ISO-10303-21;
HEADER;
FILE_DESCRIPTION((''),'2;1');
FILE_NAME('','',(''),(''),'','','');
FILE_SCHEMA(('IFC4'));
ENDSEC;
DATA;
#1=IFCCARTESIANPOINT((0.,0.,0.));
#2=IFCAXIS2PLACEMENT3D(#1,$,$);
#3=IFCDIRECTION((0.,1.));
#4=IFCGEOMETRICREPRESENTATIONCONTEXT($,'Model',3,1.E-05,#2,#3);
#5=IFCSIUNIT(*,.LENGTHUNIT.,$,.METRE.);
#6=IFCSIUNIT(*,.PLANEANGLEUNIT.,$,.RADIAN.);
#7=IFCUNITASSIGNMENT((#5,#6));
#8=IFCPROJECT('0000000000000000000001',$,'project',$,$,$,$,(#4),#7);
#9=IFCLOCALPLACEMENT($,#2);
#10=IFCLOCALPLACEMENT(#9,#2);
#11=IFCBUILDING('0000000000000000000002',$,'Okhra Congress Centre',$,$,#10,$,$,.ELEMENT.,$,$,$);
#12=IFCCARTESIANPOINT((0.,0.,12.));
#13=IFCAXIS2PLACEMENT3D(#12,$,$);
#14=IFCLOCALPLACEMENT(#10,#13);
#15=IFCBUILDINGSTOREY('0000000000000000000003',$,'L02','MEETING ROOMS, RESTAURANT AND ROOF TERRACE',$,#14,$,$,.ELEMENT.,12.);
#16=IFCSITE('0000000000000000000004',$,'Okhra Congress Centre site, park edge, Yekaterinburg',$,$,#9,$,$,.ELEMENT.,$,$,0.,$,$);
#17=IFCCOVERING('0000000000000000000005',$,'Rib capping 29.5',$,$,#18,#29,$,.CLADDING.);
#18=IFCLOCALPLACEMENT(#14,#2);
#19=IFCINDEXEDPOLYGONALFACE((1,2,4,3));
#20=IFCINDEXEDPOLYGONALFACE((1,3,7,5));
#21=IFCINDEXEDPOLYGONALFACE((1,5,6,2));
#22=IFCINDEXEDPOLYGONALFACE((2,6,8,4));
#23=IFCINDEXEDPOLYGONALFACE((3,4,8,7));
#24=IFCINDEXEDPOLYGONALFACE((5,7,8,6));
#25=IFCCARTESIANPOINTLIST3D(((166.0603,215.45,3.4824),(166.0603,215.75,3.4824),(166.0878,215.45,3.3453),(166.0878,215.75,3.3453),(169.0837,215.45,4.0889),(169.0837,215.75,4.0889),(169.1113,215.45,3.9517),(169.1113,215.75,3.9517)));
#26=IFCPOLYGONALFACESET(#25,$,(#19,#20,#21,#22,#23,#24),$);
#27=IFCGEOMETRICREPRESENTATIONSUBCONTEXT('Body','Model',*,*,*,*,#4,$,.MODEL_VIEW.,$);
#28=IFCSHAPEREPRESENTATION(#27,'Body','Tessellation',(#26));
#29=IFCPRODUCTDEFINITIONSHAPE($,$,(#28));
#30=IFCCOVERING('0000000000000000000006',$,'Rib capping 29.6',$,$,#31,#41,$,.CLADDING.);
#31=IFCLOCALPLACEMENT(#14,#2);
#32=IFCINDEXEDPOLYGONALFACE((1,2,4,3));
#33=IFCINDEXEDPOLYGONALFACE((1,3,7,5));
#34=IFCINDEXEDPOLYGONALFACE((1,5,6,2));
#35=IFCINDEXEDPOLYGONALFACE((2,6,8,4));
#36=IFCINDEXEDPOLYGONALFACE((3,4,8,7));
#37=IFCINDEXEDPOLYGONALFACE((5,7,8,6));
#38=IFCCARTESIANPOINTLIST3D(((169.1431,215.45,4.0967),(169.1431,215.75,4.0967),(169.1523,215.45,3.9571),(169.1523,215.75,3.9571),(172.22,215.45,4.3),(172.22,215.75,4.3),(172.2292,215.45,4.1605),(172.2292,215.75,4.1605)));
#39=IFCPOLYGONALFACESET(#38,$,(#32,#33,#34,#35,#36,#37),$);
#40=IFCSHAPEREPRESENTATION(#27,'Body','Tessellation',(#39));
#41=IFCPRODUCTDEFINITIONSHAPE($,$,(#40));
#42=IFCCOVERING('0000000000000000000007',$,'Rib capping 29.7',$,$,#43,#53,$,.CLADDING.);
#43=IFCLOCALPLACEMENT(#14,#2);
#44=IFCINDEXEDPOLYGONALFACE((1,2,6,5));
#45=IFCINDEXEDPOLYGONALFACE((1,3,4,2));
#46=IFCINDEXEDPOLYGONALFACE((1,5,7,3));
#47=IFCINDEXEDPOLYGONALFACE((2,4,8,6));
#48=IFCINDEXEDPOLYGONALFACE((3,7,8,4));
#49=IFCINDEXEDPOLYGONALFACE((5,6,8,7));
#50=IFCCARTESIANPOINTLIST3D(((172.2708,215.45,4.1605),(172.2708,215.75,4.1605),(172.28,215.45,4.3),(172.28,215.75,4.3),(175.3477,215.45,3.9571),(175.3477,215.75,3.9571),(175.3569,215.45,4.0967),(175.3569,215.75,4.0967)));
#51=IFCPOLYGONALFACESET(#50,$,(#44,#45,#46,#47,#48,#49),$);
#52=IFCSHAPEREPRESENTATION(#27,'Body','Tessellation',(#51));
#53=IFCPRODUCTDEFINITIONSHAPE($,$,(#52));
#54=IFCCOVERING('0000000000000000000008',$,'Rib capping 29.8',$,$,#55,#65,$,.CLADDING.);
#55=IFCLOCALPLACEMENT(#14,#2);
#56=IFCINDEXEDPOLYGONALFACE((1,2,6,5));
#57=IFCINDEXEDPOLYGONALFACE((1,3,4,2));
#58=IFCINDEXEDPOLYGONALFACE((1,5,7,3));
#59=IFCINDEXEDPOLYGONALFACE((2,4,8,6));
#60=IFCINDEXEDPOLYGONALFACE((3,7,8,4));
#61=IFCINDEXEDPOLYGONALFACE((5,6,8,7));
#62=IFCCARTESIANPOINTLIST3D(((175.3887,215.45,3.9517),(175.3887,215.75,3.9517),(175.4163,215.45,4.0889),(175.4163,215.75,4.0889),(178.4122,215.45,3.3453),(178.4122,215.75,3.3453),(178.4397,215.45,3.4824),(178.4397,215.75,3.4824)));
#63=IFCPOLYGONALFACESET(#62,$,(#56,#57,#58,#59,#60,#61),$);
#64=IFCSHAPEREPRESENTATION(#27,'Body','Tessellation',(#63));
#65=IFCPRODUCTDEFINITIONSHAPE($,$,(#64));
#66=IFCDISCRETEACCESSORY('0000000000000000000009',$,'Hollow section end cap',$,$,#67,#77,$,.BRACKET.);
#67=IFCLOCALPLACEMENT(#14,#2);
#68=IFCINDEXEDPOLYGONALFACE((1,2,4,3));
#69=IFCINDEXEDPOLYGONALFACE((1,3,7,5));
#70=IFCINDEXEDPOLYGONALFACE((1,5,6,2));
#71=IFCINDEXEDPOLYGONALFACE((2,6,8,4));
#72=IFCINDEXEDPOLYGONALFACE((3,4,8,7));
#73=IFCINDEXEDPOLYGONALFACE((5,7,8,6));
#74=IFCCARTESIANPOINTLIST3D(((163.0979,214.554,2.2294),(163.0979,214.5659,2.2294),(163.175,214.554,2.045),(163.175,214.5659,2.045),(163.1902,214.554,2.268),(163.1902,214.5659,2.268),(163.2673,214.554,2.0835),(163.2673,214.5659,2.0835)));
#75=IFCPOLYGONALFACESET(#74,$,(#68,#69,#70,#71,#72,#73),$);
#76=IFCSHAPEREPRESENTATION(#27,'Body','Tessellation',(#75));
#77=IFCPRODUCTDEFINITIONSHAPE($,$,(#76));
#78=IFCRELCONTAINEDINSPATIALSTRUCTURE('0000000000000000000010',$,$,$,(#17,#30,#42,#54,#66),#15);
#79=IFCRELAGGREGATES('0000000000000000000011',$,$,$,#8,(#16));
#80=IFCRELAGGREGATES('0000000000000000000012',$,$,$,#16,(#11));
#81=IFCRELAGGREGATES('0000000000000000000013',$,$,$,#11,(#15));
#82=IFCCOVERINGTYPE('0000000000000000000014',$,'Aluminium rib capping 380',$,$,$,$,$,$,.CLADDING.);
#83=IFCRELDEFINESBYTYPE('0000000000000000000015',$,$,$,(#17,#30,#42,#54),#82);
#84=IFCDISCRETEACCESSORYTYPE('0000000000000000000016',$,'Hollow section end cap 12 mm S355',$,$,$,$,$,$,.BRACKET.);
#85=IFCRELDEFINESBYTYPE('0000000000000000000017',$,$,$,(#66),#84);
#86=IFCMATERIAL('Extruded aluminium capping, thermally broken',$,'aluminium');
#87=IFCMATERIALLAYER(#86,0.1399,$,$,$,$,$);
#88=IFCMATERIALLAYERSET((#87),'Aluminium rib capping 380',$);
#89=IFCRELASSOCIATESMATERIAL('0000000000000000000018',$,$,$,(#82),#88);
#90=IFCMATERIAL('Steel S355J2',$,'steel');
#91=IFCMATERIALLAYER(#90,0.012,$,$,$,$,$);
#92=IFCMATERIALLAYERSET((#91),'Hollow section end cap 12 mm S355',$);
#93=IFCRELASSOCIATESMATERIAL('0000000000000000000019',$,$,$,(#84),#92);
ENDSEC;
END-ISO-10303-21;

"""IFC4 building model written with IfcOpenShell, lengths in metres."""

from ifc_helpers import new_model, si_unit, direction, frame, origin, origin_2d, place, context, subcontext, project, spatial, polyline, rectangle, outline, extrude, material, layer, layer_set, type_object, element, save


model = new_model("IFC4")

# Units and contexts
model_context = context("Model", 3, precision=1e-05, world=origin(), true_north=direction((0.0, 1.0)))
body_context = subcontext(model_context, "Body", "Model", "MODEL_VIEW")
ifc_project = project(units=[si_unit("LENGTHUNIT", "METRE"), si_unit("PLANEANGLEUNIT", "RADIAN")], contexts=[model_context])

# Site, building, storey
site_placement = place(None, origin())
site = spatial("IfcSite", under=ifc_project, at=site_placement, Name="Okhra Congress Centre site, park edge, Yekaterinburg", CompositionType="ELEMENT", RefElevation=0.0)
building_placement = place(site_placement, origin())
building = spatial("IfcBuilding", under=site, at=building_placement, Name="Okhra Congress Centre", CompositionType="ELEMENT")
storey_placement = place(building_placement, frame((0.0, 0.0, 12.0)))
storey = spatial("IfcBuildingStorey", under=building, at=storey_placement, Name="L02", Description="MEETING ROOMS, RESTAURANT AND ROOF TERRACE", CompositionType="ELEMENT", Elevation=12.0)

# Shared definitions
ifc_material_1 = material(Name="Steel S355J2", Category="steel")

# Coverings
ifc_material_2 = material(Name="Extruded aluminium capping, thermally broken", Category="aluminium")
ifc_layer_1 = layer(ifc_material_2, 0.1399)
ifc_layer_set_1 = layer_set([ifc_layer_1], Name="Aluminium rib capping 380")
covering_type = type_object("IfcCoveringType", Name="Aluminium rib capping 380", PredefinedType="CLADDING", material=ifc_layer_set_1)
covering_1_placement = place(storey_placement, frame((166.0603, 215.45, 3.4824), z_axis=(-0.196664, 0.0, 0.980471), x_axis=(0.980471, 0.0, 0.196664)))
element("IfcCovering", 1, at=covering_1_placement, inside=storey, type_object=covering_type, Name="Rib capping 29.5", PredefinedType="CLADDING", context=body_context, shape_type="SweptSolid", body=[
    extrude(outline(polyline([(0.0, 0.0), (3.0837, 0.0), (3.0837, 0.3), (0.0, 0.3), (0.0, 0.0)])), origin(), (0.0, 0.0, -1.0), 0.1399),
])
for number, where, z_axis, x_axis, name in (
    (2, (169.1431, 215.45, 4.0967), (-0.065951, 0.0, 0.997823), (0.997823, 0.0, 0.065951), "Rib capping 29.6"),
    (3, (172.28, 215.45, 4.3), (0.065951, 0.0, 0.997823), (0.997823, 0.0, -0.065951), "Rib capping 29.7"),
):
    element("IfcCovering", number, at=place(storey_placement, frame(where, z_axis=z_axis, x_axis=x_axis)), inside=storey, type_object=covering_type, Name=name, PredefinedType="CLADDING", context=body_context, shape_type="SweptSolid", body=[
        extrude(outline(polyline([(0.0, 0.0), (3.0836, 0.0), (3.0836, 0.3), (0.0, 0.3), (0.0, 0.0)])), origin(), (0.0, 0.0, -1.0), 0.1399),
    ])
covering_2_placement = place(storey_placement, frame((175.4163, 215.45, 4.0889), z_axis=(0.196664, 0.0, 0.980471), x_axis=(0.980471, 0.0, -0.196664)))
element("IfcCovering", 4, at=covering_2_placement, inside=storey, type_object=covering_type, Name="Rib capping 29.8", PredefinedType="CLADDING", context=body_context, shape_type="SweptSolid", body=[
    extrude(outline(polyline([(0.0, 0.0), (3.0837, 0.0), (3.0837, 0.3), (0.0, 0.3), (0.0, 0.0)])), origin(), (0.0, 0.0, -1.0), 0.1399),
])

# Discrete accessory
ifc_layer_2 = layer(ifc_material_1, 0.012)
ifc_layer_set_2 = layer_set([ifc_layer_2], Name="Hollow section end cap 12 mm S355")
discrete_accessory_type = type_object("IfcDiscreteAccessoryType", Name="Hollow section end cap 12 mm S355", PredefinedType="BRACKET", material=ifc_layer_set_2)
discrete_accessory_placement = place(storey_placement, frame((163.1826, 214.554, 2.1565), z_axis=(0.0, 1.0, 0.0), x_axis=(-0.922669, 0.0, -0.385593)))
element("IfcDiscreteAccessory", 5, at=discrete_accessory_placement, inside=storey, type_object=discrete_accessory_type, Name="Hollow section end cap", PredefinedType="BRACKET", context=body_context, shape_type="SweptSolid", body=[
    extrude(rectangle(XDim=0.1001, YDim=0.2, at=origin_2d()), origin(), (0.0, 0.0, 1.0), 0.012),
])

save(model, "model.ifc")
